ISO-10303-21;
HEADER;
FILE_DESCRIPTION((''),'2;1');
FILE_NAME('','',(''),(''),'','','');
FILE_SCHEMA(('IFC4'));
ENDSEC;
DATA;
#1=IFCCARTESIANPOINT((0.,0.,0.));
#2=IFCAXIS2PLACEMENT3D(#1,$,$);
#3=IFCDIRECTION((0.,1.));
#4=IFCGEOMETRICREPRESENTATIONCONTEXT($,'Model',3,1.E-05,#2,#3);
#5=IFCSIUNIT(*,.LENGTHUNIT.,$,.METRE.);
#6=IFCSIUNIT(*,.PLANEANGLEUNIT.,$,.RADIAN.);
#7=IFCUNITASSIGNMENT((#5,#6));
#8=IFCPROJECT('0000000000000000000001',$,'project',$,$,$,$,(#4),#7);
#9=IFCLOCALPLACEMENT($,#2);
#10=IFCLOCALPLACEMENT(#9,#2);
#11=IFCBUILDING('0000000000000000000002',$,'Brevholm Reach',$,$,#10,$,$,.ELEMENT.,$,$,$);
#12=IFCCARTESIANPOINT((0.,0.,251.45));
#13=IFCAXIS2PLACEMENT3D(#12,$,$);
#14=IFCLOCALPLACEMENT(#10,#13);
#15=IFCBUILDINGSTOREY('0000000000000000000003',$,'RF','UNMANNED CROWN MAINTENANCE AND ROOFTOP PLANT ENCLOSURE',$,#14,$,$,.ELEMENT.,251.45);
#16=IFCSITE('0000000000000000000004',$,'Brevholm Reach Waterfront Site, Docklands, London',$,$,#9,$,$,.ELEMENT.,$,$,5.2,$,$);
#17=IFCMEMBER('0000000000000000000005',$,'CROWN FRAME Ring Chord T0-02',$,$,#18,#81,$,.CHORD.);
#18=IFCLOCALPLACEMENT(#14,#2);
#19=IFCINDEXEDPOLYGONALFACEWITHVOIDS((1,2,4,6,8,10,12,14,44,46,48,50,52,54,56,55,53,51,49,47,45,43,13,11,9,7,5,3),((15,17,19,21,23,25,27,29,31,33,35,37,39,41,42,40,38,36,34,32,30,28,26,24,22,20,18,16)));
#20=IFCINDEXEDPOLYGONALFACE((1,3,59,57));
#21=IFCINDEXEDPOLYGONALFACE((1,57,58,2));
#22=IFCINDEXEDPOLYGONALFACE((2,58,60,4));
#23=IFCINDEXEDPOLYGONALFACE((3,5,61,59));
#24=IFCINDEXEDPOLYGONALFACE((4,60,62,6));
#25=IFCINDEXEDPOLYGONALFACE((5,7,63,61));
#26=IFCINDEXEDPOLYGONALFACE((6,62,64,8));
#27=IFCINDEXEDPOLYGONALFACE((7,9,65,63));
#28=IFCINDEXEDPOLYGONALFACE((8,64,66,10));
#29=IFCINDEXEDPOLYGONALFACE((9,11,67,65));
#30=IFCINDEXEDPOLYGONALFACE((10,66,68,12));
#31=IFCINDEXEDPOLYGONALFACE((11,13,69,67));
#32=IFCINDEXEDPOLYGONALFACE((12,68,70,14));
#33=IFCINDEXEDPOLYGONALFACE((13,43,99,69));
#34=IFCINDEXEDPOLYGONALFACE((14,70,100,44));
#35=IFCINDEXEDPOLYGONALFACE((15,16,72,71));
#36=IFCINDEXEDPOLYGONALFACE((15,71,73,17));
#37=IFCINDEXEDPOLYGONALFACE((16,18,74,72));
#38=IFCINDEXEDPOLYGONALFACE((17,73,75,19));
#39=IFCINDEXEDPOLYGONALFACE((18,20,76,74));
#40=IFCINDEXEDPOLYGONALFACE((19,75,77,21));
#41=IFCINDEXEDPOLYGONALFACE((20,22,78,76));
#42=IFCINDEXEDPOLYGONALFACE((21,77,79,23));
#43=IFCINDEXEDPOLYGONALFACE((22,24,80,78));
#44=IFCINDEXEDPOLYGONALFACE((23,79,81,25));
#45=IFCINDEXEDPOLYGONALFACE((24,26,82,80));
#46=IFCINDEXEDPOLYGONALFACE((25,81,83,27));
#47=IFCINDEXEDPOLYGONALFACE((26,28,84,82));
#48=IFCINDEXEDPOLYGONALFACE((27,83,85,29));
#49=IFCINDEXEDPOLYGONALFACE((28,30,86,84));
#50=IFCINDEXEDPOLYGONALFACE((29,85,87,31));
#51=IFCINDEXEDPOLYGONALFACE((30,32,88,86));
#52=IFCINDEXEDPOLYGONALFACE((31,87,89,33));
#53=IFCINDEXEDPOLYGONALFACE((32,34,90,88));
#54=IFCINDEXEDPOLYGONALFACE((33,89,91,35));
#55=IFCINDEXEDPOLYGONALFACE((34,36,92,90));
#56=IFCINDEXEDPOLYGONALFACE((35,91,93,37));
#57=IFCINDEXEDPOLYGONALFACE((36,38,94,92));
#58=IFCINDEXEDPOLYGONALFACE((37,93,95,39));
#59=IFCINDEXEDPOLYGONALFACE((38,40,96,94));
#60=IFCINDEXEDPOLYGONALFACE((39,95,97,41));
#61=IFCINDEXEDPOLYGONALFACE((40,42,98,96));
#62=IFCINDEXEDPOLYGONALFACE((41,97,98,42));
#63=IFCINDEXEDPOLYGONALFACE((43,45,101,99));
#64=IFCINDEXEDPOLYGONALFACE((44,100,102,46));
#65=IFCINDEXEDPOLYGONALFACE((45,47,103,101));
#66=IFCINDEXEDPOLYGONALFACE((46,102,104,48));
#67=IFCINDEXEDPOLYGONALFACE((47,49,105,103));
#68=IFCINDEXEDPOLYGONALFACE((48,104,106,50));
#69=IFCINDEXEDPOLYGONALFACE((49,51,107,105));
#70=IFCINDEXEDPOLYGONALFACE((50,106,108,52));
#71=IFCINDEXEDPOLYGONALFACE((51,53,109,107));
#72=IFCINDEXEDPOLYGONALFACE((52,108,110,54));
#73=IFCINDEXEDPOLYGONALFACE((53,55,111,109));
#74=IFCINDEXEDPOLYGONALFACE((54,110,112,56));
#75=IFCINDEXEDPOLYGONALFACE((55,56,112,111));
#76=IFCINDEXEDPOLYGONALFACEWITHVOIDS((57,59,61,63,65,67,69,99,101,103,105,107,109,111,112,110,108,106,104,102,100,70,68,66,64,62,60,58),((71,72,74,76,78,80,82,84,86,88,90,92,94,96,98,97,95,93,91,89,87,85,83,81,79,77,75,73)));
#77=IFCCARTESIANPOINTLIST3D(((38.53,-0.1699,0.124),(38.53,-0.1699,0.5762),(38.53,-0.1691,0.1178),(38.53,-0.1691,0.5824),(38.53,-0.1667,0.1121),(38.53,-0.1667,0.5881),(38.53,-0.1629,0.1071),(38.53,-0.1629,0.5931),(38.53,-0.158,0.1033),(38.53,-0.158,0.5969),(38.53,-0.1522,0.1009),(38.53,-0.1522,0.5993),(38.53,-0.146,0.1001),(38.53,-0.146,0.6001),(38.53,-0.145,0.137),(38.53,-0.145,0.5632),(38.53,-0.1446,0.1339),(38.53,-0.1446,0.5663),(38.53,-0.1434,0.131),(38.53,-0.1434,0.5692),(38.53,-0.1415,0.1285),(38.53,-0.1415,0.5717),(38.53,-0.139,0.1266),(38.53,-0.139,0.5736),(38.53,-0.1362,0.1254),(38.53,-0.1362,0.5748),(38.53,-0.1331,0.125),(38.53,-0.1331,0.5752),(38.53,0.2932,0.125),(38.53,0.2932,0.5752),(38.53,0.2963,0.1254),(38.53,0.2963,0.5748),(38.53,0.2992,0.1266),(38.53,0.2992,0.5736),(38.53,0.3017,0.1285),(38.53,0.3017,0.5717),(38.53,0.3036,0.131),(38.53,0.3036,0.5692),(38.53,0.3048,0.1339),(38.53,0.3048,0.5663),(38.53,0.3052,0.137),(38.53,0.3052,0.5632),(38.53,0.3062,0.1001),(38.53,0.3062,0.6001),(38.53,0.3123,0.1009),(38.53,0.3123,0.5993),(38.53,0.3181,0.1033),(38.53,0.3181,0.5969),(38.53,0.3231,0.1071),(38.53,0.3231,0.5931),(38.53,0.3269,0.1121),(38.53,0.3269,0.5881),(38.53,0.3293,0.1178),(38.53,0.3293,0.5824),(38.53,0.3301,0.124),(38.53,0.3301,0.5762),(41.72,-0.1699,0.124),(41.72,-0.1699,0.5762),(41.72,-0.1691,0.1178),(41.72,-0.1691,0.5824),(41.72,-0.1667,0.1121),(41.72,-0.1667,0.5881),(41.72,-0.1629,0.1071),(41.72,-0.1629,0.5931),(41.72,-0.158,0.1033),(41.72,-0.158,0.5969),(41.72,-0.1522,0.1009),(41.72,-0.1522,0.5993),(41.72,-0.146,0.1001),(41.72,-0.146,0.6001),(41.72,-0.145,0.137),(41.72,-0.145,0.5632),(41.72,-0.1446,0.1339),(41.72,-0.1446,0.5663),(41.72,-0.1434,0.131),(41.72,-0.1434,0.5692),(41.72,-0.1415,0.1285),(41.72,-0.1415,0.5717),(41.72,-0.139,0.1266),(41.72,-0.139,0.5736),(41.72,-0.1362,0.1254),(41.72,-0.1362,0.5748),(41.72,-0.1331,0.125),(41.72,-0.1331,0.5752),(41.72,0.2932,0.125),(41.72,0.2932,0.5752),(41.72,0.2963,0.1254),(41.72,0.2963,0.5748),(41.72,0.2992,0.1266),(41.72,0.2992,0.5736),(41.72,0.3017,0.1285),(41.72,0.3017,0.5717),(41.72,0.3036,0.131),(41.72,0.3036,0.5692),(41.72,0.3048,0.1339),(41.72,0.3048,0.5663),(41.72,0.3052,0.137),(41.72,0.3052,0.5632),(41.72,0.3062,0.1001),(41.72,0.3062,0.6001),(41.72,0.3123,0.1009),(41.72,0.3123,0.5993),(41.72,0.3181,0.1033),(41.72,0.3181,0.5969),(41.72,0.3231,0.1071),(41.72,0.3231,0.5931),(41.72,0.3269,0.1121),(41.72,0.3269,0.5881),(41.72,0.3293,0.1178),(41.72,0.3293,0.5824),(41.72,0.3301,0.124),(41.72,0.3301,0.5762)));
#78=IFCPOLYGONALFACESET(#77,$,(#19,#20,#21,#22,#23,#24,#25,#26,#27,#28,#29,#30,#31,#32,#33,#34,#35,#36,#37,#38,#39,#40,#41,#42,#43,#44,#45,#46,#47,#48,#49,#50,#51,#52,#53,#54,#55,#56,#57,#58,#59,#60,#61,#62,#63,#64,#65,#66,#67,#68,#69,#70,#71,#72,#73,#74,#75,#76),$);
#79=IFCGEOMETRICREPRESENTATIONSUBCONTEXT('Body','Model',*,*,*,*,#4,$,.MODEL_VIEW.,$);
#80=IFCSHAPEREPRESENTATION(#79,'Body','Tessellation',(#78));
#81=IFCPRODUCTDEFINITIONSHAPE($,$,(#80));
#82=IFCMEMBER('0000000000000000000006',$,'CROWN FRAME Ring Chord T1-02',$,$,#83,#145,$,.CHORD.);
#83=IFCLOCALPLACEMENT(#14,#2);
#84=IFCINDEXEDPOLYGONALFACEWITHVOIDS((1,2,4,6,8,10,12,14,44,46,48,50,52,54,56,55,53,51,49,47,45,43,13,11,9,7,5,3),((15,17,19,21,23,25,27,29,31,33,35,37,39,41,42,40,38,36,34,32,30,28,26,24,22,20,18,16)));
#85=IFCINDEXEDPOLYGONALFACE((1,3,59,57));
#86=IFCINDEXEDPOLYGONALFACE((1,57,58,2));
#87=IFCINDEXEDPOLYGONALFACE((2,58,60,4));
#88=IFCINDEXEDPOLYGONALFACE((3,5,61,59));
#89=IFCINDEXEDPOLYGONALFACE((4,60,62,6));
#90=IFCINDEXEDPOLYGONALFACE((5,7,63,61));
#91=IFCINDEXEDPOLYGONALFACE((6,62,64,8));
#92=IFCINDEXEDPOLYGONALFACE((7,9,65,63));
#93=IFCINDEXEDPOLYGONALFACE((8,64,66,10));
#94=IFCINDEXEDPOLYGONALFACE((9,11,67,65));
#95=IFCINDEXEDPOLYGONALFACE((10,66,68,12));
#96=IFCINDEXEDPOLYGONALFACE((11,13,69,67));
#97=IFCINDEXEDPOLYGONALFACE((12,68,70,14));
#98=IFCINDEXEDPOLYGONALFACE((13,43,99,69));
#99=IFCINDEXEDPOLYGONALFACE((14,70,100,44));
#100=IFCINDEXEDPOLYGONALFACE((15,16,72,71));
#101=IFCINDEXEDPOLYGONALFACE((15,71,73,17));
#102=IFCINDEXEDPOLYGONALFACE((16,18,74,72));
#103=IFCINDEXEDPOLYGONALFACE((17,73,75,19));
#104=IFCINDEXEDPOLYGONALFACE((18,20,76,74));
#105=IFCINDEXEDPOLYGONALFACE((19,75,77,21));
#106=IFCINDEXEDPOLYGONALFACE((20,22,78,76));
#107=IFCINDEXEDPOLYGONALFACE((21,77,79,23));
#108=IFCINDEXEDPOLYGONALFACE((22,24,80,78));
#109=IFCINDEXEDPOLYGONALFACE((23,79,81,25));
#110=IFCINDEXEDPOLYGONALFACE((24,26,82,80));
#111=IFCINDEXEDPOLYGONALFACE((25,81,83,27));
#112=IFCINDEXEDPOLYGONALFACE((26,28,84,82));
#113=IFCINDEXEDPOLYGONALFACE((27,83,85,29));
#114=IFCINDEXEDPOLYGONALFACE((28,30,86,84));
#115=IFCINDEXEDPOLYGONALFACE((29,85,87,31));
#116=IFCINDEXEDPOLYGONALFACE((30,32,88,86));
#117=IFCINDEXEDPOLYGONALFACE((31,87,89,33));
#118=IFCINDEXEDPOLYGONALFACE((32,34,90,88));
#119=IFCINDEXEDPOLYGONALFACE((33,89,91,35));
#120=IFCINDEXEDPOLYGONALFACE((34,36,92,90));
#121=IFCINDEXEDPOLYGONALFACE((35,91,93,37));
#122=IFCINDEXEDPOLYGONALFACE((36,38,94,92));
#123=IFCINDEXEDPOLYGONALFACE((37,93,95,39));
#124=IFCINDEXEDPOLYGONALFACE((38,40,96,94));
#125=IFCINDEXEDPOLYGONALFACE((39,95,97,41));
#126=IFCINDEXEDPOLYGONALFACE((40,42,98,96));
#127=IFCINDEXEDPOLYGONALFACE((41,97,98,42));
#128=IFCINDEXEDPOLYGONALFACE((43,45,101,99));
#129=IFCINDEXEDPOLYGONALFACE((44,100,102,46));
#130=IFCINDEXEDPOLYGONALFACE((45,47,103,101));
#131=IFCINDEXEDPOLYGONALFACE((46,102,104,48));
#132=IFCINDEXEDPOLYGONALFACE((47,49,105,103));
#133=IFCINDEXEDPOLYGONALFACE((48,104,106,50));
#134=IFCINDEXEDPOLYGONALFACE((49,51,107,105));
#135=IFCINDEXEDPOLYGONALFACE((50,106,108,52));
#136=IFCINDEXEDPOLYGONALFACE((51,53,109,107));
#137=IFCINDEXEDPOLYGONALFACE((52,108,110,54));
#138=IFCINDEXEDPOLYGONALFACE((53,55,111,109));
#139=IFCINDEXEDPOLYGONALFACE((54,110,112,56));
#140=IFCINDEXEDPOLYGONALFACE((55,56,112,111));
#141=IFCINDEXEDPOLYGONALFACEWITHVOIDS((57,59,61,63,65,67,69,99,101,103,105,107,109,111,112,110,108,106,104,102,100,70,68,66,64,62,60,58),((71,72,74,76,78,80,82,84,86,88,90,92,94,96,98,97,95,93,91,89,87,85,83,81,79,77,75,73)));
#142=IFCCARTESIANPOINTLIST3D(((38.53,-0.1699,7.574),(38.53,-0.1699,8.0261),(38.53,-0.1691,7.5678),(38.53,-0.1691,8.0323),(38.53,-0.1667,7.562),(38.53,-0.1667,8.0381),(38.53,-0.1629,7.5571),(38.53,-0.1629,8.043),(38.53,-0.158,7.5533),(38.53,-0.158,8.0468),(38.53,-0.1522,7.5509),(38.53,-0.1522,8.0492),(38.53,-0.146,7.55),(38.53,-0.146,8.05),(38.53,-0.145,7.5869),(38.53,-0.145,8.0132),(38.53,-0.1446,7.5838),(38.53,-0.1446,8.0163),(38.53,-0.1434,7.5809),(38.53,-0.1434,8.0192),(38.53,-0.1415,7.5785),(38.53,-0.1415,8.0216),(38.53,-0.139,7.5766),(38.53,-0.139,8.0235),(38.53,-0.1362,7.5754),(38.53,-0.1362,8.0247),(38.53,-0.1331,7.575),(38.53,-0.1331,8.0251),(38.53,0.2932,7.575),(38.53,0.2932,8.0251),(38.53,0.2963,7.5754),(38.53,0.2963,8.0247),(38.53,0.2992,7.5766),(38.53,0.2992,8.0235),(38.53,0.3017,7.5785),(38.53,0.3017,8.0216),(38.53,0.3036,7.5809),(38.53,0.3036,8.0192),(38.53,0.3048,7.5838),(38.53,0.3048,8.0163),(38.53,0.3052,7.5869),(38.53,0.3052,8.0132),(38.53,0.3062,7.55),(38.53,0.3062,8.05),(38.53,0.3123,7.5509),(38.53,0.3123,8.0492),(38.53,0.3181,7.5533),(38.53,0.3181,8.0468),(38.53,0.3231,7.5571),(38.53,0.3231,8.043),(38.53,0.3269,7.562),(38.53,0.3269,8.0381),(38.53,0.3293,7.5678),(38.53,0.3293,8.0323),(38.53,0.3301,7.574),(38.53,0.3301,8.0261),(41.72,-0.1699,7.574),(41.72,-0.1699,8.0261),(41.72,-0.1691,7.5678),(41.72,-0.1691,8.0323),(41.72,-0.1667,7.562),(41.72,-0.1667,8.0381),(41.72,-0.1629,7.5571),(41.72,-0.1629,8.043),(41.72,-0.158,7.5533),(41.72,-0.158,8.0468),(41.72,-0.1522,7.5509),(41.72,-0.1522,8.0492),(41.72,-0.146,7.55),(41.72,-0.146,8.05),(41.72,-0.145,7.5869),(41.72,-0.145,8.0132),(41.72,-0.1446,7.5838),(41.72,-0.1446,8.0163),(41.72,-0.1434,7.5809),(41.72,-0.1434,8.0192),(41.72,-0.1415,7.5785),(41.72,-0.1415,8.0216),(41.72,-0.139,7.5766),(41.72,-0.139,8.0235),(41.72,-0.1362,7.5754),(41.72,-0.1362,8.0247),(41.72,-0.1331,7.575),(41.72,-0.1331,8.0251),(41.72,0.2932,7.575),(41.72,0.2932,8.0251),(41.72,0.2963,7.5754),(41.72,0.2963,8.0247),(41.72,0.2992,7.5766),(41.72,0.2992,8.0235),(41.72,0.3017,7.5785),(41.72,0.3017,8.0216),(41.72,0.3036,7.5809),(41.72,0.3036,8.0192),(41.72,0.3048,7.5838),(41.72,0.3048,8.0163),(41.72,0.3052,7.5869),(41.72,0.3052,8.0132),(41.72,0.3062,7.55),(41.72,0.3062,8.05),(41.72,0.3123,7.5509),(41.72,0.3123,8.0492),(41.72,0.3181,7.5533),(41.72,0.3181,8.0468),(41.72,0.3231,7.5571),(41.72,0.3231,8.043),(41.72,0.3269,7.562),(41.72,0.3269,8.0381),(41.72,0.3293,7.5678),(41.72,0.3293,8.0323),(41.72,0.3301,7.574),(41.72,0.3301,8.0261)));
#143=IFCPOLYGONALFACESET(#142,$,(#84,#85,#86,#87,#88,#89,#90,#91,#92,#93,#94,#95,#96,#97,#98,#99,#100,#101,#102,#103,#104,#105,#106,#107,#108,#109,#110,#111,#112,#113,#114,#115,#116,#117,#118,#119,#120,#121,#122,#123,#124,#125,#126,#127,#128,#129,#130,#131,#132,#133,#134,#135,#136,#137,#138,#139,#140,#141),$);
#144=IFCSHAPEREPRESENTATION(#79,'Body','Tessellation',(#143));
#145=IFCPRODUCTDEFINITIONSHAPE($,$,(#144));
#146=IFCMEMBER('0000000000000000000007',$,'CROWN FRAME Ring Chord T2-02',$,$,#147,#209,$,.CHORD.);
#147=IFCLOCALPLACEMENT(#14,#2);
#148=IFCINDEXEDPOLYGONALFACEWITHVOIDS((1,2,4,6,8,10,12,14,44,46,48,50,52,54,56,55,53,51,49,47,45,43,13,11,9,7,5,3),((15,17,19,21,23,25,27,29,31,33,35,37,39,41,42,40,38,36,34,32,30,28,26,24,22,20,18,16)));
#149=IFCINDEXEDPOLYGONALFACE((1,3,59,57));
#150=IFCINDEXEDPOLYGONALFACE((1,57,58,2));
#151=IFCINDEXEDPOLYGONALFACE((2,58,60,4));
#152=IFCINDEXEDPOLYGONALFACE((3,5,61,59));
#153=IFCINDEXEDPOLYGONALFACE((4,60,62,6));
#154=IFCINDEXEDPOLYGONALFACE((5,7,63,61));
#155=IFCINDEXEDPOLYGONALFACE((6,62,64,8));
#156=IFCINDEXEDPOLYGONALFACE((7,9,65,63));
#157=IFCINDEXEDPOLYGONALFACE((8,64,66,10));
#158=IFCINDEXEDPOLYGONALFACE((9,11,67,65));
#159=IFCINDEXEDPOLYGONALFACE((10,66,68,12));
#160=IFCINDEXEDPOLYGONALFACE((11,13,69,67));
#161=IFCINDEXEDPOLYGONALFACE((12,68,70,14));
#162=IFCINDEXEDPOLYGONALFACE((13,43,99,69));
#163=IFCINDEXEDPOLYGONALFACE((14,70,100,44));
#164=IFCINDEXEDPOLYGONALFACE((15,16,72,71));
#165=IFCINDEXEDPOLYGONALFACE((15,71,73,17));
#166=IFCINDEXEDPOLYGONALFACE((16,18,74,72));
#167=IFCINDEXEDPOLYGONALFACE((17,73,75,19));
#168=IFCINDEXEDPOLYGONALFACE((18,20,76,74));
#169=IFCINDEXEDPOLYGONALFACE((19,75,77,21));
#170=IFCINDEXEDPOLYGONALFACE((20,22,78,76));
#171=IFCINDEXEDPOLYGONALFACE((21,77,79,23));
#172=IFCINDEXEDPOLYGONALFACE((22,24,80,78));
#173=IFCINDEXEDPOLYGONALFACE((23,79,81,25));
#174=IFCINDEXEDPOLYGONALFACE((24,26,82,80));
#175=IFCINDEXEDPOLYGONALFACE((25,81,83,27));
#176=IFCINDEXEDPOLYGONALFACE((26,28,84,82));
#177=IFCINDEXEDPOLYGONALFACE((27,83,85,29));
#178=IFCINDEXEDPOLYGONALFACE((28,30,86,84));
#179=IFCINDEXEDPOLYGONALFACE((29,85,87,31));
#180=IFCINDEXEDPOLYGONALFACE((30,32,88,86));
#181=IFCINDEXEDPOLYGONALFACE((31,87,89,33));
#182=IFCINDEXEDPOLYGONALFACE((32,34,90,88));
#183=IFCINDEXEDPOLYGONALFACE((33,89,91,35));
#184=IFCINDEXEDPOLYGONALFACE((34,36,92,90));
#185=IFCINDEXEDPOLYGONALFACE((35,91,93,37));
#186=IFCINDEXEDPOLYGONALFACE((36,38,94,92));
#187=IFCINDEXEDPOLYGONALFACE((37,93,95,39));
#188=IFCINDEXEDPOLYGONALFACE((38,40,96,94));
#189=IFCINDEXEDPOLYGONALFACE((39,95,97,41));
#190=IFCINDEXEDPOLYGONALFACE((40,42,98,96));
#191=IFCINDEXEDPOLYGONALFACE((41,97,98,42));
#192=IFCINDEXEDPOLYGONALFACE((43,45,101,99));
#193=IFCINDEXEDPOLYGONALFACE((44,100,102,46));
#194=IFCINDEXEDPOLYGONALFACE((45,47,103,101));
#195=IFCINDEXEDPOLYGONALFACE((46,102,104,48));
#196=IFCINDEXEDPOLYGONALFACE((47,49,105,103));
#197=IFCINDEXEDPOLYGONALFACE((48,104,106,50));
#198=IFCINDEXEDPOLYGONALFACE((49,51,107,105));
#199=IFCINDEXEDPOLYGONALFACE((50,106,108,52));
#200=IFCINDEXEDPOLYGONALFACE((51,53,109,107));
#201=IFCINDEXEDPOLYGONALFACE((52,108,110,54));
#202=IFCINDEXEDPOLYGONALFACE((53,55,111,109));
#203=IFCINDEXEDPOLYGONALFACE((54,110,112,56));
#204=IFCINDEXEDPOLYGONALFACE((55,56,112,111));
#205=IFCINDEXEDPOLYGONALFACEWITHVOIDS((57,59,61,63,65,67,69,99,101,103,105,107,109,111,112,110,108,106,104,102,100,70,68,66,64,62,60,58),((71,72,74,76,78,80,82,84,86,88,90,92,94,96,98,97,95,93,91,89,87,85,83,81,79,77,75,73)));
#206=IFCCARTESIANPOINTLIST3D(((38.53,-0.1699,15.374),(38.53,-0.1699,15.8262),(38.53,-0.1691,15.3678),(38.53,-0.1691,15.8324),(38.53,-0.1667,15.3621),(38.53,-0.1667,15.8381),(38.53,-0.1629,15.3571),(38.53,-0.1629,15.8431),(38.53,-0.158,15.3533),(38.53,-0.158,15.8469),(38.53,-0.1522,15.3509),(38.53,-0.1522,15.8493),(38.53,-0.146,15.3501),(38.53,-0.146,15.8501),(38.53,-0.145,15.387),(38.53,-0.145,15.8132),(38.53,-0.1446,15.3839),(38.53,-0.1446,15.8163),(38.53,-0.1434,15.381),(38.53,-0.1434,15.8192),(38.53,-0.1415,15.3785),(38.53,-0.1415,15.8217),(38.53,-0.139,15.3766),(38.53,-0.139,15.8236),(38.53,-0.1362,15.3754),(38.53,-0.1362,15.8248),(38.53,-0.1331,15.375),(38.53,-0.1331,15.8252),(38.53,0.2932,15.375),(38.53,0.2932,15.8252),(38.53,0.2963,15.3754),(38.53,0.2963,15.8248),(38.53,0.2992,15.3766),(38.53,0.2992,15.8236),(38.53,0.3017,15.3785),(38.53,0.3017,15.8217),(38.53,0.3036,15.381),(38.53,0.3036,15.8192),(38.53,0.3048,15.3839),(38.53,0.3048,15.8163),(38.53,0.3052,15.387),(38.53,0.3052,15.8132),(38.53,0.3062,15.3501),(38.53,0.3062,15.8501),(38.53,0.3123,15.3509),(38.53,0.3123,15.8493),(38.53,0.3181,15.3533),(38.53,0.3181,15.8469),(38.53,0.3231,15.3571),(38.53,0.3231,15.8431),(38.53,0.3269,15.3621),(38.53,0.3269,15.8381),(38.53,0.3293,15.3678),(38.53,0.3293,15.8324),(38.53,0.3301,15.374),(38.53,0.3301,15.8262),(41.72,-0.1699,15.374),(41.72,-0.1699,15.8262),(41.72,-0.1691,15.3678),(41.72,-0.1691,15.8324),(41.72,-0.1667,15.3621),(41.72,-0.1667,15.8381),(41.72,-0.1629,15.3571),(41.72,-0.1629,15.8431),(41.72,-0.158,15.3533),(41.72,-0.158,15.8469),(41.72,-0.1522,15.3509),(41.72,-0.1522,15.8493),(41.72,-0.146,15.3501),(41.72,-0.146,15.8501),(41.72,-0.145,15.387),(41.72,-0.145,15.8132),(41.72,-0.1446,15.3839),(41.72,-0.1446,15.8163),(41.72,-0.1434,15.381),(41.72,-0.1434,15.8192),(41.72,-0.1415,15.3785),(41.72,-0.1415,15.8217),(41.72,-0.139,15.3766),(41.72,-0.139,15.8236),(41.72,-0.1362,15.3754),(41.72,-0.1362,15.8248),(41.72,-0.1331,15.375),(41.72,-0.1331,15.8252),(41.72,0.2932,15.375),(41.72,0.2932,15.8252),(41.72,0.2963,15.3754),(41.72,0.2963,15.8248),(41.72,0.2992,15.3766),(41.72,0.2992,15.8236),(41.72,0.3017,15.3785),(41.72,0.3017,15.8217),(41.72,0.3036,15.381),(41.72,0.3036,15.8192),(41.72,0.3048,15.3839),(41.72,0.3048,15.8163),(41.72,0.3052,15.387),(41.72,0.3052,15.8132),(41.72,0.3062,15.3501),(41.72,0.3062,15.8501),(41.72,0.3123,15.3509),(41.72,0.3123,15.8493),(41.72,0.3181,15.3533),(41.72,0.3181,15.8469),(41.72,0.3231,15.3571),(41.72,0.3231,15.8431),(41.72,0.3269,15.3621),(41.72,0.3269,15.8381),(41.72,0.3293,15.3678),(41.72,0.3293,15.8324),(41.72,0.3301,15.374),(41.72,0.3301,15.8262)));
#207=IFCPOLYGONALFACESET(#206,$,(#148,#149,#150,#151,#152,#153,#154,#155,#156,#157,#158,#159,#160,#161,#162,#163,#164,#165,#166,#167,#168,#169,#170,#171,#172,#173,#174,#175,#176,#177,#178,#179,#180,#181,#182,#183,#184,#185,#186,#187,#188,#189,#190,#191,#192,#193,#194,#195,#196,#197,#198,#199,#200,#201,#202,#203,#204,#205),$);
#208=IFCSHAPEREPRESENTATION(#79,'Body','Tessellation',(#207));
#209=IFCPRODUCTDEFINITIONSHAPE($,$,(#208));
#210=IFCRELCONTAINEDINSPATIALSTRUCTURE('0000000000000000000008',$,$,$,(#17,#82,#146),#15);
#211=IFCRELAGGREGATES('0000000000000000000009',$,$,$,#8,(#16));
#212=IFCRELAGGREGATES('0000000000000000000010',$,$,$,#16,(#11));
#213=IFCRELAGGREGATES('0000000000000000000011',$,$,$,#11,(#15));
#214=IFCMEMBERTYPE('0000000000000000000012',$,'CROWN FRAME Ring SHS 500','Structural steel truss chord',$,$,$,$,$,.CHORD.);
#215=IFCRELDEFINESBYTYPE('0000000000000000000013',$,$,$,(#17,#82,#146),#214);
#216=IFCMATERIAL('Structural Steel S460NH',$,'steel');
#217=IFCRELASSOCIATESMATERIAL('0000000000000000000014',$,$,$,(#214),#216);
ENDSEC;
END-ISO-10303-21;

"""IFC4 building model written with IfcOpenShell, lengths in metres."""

from ifc_helpers import new_model, si_unit, direction, frame, origin, origin_2d, place, context, subcontext, project, spatial, hollow_rectangle, extrude, material, material_profile, profile_set, type_object, element, save


model = new_model("IFC4")

# Units and contexts
model_context = context("Model", 3, precision=1e-05, world=origin(), true_north=direction((0.0, 1.0)))
body_context = subcontext(model_context, "Body", "Model", "MODEL_VIEW")
ifc_project = project(units=[si_unit("LENGTHUNIT", "METRE"), si_unit("PLANEANGLEUNIT", "RADIAN")], contexts=[model_context])

# Site, building, storey
site_placement = place(None, origin())
site = spatial("IfcSite", under=ifc_project, at=site_placement, Name="Brevholm Reach Waterfront Site, Docklands, London", CompositionType="ELEMENT", RefElevation=5.2)
building_placement = place(site_placement, origin())
building = spatial("IfcBuilding", under=site, at=building_placement, Name="Brevholm Reach", CompositionType="ELEMENT")
storey_placement = place(building_placement, frame((0.0, 0.0, 251.45)))
storey = spatial("IfcBuildingStorey", under=building, at=storey_placement, Name="RF", Description="UNMANNED CROWN MAINTENANCE AND ROOFTOP PLANT ENCLOSURE", CompositionType="ELEMENT", Elevation=251.45)

# Members
ifc_material_1 = material(Name="Structural Steel S460NH", Category="steel")
ifc_material_profile_1 = material_profile(ifc_material_1, hollow_rectangle(XDim=0.5, YDim=0.5, WallThickness=0.0249, InnerFilletRadius=0.012, OuterFilletRadius=0.0239, at=origin_2d()), Name="SHS 500x500x25")
ifc_profile_set_1 = profile_set([ifc_material_profile_1], Name="Structural Steel S460NH")
member_type_1 = type_object("IfcMemberType", Name="CROWN FRAME Ring SHS 500", Description="Structural steel truss chord", PredefinedType="CHORD", material=ifc_profile_set_1)
for number, where, z_axis, x_axis, name in (
    (1, (38.53, 0.0801, 0.3501), (1.0, 0.0, 0.0), (0.0, 1.0, 0.0), "CROWN FRAME Ring Chord T0-02"),
    (2, (38.53, 0.0801, 7.8), (1.0, 0.0, 0.0), (0.0, 1.0, 0.0), "CROWN FRAME Ring Chord T1-02"),
    (3, (38.53, 0.0801, 15.6001), (1.0, 0.0, 0.0), (0.0, 1.0, 0.0), "CROWN FRAME Ring Chord T2-02"),
):
    element("IfcMember", number, at=place(storey_placement, frame(where, z_axis=z_axis, x_axis=x_axis)), inside=storey, type_object=member_type_1, Name=name, PredefinedType="CHORD", context=body_context, shape_type="SweptSolid", body=[
        extrude(hollow_rectangle(XDim=0.5, YDim=0.5, WallThickness=0.0249, InnerFilletRadius=0.012, OuterFilletRadius=0.0239, at=origin_2d()), origin(), (0.0, 0.0, 1.0), 3.1899),
    ])

save(model, "model.ifc")
